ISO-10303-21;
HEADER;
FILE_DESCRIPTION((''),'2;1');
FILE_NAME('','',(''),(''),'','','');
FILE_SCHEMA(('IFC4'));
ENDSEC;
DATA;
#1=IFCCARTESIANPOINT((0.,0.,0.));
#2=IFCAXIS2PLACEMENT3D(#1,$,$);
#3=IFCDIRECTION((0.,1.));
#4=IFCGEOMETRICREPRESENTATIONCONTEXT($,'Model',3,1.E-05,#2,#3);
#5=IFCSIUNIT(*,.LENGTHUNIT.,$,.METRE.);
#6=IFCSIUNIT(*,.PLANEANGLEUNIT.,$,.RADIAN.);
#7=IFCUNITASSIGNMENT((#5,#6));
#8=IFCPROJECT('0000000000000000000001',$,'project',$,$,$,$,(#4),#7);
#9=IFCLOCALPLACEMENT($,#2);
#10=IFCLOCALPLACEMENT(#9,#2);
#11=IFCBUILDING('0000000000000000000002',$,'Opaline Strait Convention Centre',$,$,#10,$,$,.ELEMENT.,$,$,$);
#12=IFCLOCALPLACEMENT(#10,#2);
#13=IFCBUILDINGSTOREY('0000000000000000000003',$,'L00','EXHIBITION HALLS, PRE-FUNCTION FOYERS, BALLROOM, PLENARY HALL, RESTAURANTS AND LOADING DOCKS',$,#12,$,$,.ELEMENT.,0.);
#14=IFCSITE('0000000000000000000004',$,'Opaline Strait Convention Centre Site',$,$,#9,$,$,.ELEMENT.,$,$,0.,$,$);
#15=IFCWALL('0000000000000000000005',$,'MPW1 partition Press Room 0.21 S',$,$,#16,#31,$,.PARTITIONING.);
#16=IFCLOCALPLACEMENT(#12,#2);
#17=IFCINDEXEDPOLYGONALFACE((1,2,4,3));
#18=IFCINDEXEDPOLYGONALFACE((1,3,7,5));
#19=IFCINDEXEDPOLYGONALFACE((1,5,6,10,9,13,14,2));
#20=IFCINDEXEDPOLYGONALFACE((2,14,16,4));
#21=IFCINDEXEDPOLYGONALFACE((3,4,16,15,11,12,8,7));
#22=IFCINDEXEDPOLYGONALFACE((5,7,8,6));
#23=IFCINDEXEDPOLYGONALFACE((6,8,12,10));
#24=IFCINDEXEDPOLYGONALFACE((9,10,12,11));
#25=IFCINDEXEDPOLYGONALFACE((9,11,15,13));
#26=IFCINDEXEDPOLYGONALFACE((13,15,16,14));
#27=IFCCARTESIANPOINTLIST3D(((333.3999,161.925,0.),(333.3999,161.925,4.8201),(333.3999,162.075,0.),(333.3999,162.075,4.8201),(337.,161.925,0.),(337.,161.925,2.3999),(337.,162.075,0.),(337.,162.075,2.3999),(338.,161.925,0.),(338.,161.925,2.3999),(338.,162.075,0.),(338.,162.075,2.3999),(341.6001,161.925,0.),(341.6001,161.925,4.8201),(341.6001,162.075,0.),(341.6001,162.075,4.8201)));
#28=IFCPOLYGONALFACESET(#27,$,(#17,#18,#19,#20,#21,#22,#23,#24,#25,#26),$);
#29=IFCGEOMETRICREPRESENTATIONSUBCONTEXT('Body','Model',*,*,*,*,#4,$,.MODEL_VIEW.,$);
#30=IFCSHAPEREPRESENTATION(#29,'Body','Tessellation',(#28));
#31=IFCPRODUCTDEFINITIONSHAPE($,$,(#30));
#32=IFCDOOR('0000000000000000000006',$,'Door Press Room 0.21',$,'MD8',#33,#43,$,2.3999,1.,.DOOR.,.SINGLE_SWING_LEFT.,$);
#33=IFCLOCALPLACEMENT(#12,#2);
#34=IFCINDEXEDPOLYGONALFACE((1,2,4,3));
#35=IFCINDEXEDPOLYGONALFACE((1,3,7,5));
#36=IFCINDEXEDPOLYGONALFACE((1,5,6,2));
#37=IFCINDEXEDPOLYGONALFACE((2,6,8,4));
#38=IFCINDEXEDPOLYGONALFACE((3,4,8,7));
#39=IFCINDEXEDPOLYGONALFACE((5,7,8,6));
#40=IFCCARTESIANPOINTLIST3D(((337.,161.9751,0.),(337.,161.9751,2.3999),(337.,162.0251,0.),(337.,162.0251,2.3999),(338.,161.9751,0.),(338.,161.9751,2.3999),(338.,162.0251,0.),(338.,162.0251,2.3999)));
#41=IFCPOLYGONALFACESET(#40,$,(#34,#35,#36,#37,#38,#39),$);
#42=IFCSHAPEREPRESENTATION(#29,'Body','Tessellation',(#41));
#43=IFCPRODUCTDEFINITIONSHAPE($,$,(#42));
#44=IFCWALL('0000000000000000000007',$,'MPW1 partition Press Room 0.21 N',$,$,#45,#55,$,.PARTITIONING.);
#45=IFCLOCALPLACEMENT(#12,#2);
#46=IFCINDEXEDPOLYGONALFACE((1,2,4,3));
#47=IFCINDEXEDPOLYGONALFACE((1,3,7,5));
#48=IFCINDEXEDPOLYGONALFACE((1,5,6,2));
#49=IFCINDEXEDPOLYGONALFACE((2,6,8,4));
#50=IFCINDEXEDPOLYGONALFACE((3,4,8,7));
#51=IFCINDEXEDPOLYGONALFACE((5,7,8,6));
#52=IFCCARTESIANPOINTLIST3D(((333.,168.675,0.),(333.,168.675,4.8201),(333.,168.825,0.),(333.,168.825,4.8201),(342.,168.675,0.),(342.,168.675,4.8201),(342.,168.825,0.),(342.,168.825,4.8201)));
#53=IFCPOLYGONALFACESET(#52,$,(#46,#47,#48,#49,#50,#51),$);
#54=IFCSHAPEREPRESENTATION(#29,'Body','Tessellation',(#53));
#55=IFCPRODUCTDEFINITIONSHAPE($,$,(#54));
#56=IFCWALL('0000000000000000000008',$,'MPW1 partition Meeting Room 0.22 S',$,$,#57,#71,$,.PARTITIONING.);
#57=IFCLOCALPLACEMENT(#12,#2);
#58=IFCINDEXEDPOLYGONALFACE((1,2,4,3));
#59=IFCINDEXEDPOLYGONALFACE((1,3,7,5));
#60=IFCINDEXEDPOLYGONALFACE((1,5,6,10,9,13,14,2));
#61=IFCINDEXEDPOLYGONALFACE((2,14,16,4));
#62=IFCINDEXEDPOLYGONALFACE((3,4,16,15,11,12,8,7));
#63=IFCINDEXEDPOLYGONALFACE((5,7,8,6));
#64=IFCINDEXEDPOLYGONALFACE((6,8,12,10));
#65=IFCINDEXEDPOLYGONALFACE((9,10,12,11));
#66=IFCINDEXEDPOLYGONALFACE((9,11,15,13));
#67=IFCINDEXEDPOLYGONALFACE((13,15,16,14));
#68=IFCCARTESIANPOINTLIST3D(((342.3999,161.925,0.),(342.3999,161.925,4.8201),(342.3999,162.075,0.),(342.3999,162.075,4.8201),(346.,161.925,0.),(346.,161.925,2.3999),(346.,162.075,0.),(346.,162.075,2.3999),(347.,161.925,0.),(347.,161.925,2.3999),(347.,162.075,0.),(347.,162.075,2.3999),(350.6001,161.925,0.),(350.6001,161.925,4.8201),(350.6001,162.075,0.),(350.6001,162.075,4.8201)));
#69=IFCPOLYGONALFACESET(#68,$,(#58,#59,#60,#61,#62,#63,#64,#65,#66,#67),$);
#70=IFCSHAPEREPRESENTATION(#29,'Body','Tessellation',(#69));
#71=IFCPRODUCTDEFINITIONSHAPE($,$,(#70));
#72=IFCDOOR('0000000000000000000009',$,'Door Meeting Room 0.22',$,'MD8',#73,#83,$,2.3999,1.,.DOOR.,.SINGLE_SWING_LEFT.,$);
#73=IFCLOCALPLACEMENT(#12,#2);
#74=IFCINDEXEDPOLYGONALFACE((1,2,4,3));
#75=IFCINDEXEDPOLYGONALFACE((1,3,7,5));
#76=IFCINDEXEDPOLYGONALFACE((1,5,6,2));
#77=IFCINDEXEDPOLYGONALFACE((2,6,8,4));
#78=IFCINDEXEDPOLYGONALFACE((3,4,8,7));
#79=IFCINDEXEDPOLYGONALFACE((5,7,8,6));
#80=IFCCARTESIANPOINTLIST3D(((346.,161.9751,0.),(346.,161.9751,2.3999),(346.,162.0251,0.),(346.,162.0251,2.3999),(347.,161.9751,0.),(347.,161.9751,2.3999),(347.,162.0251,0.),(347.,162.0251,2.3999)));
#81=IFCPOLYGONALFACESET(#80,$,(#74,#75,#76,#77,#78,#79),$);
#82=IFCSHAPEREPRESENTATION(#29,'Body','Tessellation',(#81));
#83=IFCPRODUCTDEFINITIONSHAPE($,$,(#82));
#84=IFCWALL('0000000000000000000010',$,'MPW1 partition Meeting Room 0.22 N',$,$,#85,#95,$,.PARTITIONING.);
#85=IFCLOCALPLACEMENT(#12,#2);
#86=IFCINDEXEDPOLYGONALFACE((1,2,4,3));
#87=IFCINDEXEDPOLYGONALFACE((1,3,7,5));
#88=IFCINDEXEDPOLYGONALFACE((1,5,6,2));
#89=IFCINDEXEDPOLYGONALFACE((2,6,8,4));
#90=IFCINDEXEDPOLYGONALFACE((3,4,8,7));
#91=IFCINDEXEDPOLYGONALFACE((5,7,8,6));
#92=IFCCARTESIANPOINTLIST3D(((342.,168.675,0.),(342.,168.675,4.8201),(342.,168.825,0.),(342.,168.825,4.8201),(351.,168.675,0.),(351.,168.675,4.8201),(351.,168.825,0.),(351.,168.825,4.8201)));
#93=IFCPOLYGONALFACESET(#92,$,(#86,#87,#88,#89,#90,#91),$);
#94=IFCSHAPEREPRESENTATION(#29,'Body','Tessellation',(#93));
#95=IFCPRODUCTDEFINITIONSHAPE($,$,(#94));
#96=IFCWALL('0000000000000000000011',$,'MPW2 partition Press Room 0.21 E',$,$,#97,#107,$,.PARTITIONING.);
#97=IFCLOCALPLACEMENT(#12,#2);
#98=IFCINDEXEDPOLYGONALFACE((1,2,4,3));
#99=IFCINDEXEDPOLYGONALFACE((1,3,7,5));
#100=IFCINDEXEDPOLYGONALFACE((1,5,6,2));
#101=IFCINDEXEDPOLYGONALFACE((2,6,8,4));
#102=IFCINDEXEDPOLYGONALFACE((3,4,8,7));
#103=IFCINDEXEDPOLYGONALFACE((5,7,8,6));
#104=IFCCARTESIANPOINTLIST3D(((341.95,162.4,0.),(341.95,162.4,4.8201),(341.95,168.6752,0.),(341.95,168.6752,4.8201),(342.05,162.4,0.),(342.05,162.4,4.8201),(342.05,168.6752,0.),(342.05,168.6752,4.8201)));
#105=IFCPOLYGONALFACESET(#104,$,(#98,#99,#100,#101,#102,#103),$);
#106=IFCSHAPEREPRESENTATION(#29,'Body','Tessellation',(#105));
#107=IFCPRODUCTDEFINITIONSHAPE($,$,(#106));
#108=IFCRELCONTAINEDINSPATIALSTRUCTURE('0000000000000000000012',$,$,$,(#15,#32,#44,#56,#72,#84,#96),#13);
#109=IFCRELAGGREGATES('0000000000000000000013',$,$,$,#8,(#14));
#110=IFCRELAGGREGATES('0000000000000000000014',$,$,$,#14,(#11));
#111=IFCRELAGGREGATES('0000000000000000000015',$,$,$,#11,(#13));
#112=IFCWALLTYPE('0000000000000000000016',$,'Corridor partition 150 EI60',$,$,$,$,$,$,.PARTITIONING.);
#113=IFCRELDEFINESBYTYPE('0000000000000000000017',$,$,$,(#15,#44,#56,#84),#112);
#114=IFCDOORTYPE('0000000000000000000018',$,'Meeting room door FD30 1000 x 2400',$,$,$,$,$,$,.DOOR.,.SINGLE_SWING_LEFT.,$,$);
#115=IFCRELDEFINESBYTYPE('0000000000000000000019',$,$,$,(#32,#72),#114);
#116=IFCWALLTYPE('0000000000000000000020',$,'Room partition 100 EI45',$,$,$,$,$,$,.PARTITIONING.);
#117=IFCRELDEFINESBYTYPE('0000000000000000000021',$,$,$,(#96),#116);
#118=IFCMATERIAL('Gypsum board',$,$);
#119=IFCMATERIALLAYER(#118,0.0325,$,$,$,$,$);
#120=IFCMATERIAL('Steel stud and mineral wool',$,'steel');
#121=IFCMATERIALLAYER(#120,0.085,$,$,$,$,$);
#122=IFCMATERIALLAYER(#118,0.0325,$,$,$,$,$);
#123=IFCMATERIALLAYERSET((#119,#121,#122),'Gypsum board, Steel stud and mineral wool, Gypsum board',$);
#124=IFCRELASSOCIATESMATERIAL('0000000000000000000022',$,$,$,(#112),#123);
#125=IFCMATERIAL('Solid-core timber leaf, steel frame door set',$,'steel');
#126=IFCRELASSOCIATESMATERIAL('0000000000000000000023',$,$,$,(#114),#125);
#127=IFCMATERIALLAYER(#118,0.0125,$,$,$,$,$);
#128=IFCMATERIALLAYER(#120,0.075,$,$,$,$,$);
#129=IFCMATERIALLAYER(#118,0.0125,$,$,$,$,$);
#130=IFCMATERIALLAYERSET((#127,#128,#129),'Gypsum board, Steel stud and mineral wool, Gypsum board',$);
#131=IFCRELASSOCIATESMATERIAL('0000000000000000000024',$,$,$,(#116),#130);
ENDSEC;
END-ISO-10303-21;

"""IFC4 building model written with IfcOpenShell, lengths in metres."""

from ifc_helpers import new_model, si_unit, direction, frame, frame_2d, origin, place, context, subcontext, project, spatial, rectangle, extrude, material, layer, layer_set, type_object, element, fill, save


model = new_model("IFC4")

# Units and contexts
model_context = context("Model", 3, precision=1e-05, world=origin(), true_north=direction((0.0, 1.0)))
body_context = subcontext(model_context, "Body", "Model", "MODEL_VIEW")
ifc_project = project(units=[si_unit("LENGTHUNIT", "METRE"), si_unit("PLANEANGLEUNIT", "RADIAN")], contexts=[model_context])

# Site, building, storey
site_placement = place(None, origin())
site = spatial("IfcSite", under=ifc_project, at=site_placement, Name="Opaline Strait Convention Centre Site", CompositionType="ELEMENT", RefElevation=0.0)
building_placement = place(site_placement, origin())
building = spatial("IfcBuilding", under=site, at=building_placement, Name="Opaline Strait Convention Centre", CompositionType="ELEMENT")
storey_placement = place(building_placement, origin())
storey = spatial("IfcBuildingStorey", under=building, at=storey_placement, Name="L00", Description="EXHIBITION HALLS, PRE-FUNCTION FOYERS, BALLROOM, PLENARY HALL, RESTAURANTS AND LOADING DOCKS", CompositionType="ELEMENT", Elevation=0.0)

# Wall, opening, door
ifc_material_1 = material(Name="Gypsum board")
ifc_layer_1 = layer(ifc_material_1, 0.0325)
ifc_material_2 = material(Name="Steel stud and mineral wool", Category="steel")
ifc_layer_2 = layer(ifc_material_2, 0.085)
ifc_layer_3 = layer(ifc_material_1, 0.0325)
ifc_layer_set_1 = layer_set([ifc_layer_1, ifc_layer_2, ifc_layer_3], Name="Gypsum board, Steel stud and mineral wool, Gypsum board")
wall_type_1 = type_object("IfcWallType", Name="Corridor partition 150 EI60", PredefinedType="PARTITIONING", material=ifc_layer_set_1)
wall_1_placement = place(storey_placement, frame((333.3999, 162.0, 0.0), z_axis=(0.0, 0.0, 1.0), x_axis=(1.0, 0.0, 0.0)))
wall_1 = element("IfcWall", 1, at=wall_1_placement, inside=storey, type_object=wall_type_1, Name="MPW1 partition Press Room 0.21 S", PredefinedType="PARTITIONING", context=body_context, shape_type="SweptSolid", body=[
    extrude(rectangle(XDim=8.2002, YDim=0.1499, at=frame_2d((4.1001, 0.0))), origin(), (0.0, 0.0, 1.0), 4.8201),
])
opening_1_placement = place(wall_1_placement, frame((3.6001, 0.0, 0.0)))
opening_1 = element("IfcOpeningElement", 2, at=opening_1_placement, cuts=wall_1, PredefinedType="OPENING", context=body_context, shape_type="SweptSolid", body=[
    extrude(rectangle(XDim=1.0, YDim=2.3999, at=frame_2d((0.5, 1.2))), frame((0.0, 0.085, 0.0), z_axis=(0.0, -1.0, 0.0), x_axis=(1.0, 0.0, 0.0)), (0.0, 0.0, 1.0), 0.1699),
])
ifc_material_3 = material(Name="Solid-core timber leaf, steel frame door set", Category="steel")
door_type = type_object("IfcDoorType", Name="Meeting room door FD30 1000 x 2400", OperationType="SINGLE_SWING_LEFT", PredefinedType="DOOR", material=ifc_material_3)
door_1_placement = place(opening_1_placement, frame((1.0, 0.0, 0.0), z_axis=(0.0, 0.0, 1.0), x_axis=(-1.0, 0.0, 0.0)))
door_1 = element("IfcDoor", 3, at=door_1_placement, inside=storey, type_object=door_type, Name="Door Press Room 0.21", ObjectType="MD8", OperationType="SINGLE_SWING_LEFT", OverallHeight=2.3999, OverallWidth=1.0, PredefinedType="DOOR", context=body_context, shape_type="SweptSolid", body=[
    extrude(rectangle(XDim=1.0, YDim=2.3999, at=frame_2d((0.5, 1.2))), frame((0.0, 0.0249, 0.0), z_axis=(0.0, -1.0, 0.0), x_axis=(1.0, 0.0, 0.0)), (0.0, 0.0, 1.0), 0.05),
])
fill(opening_1, door_1)

# Wall
wall_2_placement = place(storey_placement, frame((333.0, 168.75, 0.0), z_axis=(0.0, 0.0, 1.0), x_axis=(1.0, 0.0, 0.0)))
element("IfcWall", 4, at=wall_2_placement, inside=storey, type_object=wall_type_1, Name="MPW1 partition Press Room 0.21 N", PredefinedType="PARTITIONING", context=body_context, shape_type="SweptSolid", body=[
    extrude(rectangle(XDim=9.0, YDim=0.1499, at=frame_2d((4.5, 0.0))), origin(), (0.0, 0.0, 1.0), 4.8201),
])

# Wall, opening, door
wall_3_placement = place(storey_placement, frame((342.3999, 162.0, 0.0), z_axis=(0.0, 0.0, 1.0), x_axis=(1.0, 0.0, 0.0)))
wall_3 = element("IfcWall", 5, at=wall_3_placement, inside=storey, type_object=wall_type_1, Name="MPW1 partition Meeting Room 0.22 S", PredefinedType="PARTITIONING", context=body_context, shape_type="SweptSolid", body=[
    extrude(rectangle(XDim=8.2002, YDim=0.1499, at=frame_2d((4.1001, 0.0))), origin(), (0.0, 0.0, 1.0), 4.8201),
])
opening_2_placement = place(wall_3_placement, frame((3.6001, 0.0, 0.0)))
opening_2 = element("IfcOpeningElement", 6, at=opening_2_placement, cuts=wall_3, PredefinedType="OPENING", context=body_context, shape_type="SweptSolid", body=[
    extrude(rectangle(XDim=1.0, YDim=2.3999, at=frame_2d((0.5, 1.2))), frame((0.0, 0.085, 0.0), z_axis=(0.0, -1.0, 0.0), x_axis=(1.0, 0.0, 0.0)), (0.0, 0.0, 1.0), 0.1699),
])
door_2_placement = place(opening_2_placement, frame((1.0, 0.0, 0.0), z_axis=(0.0, 0.0, 1.0), x_axis=(-1.0, 0.0, 0.0)))
door_2 = element("IfcDoor", 7, at=door_2_placement, inside=storey, type_object=door_type, Name="Door Meeting Room 0.22", ObjectType="MD8", OperationType="SINGLE_SWING_LEFT", OverallHeight=2.3999, OverallWidth=1.0, PredefinedType="DOOR", context=body_context, shape_type="SweptSolid", body=[
    extrude(rectangle(XDim=1.0, YDim=2.3999, at=frame_2d((0.5, 1.2))), frame((0.0, 0.0249, 0.0), z_axis=(0.0, -1.0, 0.0), x_axis=(1.0, 0.0, 0.0)), (0.0, 0.0, 1.0), 0.05),
])
fill(opening_2, door_2)

# Walls
wall_4_placement = place(storey_placement, frame((342.0, 168.75, 0.0), z_axis=(0.0, 0.0, 1.0), x_axis=(1.0, 0.0, 0.0)))
element("IfcWall", 8, at=wall_4_placement, inside=storey, type_object=wall_type_1, Name="MPW1 partition Meeting Room 0.22 N", PredefinedType="PARTITIONING", context=body_context, shape_type="SweptSolid", body=[
    extrude(rectangle(XDim=9.0, YDim=0.1499, at=frame_2d((4.5, 0.0))), origin(), (0.0, 0.0, 1.0), 4.8201),
])
ifc_layer_4 = layer(ifc_material_1, 0.0125)
ifc_layer_5 = layer(ifc_material_2, 0.075)
ifc_layer_6 = layer(ifc_material_1, 0.0125)
ifc_layer_set_2 = layer_set([ifc_layer_4, ifc_layer_5, ifc_layer_6], Name="Gypsum board, Steel stud and mineral wool, Gypsum board")
wall_type_2 = type_object("IfcWallType", Name="Room partition 100 EI45", PredefinedType="PARTITIONING", material=ifc_layer_set_2)
wall_5_placement = place(storey_placement, frame((342.0, 162.3999, 0.0), z_axis=(0.0, 0.0, 1.0), x_axis=(0.0, 1.0, 0.0)))
element("IfcWall", 9, at=wall_5_placement, inside=storey, type_object=wall_type_2, Name="MPW2 partition Press Room 0.21 E", PredefinedType="PARTITIONING", context=body_context, shape_type="SweptSolid", body=[
    extrude(rectangle(XDim=6.2751, YDim=0.1001, at=frame_2d((3.1377, 0.0))), origin(), (0.0, 0.0, 1.0), 4.8201),
])

save(model, "model.ifc")
